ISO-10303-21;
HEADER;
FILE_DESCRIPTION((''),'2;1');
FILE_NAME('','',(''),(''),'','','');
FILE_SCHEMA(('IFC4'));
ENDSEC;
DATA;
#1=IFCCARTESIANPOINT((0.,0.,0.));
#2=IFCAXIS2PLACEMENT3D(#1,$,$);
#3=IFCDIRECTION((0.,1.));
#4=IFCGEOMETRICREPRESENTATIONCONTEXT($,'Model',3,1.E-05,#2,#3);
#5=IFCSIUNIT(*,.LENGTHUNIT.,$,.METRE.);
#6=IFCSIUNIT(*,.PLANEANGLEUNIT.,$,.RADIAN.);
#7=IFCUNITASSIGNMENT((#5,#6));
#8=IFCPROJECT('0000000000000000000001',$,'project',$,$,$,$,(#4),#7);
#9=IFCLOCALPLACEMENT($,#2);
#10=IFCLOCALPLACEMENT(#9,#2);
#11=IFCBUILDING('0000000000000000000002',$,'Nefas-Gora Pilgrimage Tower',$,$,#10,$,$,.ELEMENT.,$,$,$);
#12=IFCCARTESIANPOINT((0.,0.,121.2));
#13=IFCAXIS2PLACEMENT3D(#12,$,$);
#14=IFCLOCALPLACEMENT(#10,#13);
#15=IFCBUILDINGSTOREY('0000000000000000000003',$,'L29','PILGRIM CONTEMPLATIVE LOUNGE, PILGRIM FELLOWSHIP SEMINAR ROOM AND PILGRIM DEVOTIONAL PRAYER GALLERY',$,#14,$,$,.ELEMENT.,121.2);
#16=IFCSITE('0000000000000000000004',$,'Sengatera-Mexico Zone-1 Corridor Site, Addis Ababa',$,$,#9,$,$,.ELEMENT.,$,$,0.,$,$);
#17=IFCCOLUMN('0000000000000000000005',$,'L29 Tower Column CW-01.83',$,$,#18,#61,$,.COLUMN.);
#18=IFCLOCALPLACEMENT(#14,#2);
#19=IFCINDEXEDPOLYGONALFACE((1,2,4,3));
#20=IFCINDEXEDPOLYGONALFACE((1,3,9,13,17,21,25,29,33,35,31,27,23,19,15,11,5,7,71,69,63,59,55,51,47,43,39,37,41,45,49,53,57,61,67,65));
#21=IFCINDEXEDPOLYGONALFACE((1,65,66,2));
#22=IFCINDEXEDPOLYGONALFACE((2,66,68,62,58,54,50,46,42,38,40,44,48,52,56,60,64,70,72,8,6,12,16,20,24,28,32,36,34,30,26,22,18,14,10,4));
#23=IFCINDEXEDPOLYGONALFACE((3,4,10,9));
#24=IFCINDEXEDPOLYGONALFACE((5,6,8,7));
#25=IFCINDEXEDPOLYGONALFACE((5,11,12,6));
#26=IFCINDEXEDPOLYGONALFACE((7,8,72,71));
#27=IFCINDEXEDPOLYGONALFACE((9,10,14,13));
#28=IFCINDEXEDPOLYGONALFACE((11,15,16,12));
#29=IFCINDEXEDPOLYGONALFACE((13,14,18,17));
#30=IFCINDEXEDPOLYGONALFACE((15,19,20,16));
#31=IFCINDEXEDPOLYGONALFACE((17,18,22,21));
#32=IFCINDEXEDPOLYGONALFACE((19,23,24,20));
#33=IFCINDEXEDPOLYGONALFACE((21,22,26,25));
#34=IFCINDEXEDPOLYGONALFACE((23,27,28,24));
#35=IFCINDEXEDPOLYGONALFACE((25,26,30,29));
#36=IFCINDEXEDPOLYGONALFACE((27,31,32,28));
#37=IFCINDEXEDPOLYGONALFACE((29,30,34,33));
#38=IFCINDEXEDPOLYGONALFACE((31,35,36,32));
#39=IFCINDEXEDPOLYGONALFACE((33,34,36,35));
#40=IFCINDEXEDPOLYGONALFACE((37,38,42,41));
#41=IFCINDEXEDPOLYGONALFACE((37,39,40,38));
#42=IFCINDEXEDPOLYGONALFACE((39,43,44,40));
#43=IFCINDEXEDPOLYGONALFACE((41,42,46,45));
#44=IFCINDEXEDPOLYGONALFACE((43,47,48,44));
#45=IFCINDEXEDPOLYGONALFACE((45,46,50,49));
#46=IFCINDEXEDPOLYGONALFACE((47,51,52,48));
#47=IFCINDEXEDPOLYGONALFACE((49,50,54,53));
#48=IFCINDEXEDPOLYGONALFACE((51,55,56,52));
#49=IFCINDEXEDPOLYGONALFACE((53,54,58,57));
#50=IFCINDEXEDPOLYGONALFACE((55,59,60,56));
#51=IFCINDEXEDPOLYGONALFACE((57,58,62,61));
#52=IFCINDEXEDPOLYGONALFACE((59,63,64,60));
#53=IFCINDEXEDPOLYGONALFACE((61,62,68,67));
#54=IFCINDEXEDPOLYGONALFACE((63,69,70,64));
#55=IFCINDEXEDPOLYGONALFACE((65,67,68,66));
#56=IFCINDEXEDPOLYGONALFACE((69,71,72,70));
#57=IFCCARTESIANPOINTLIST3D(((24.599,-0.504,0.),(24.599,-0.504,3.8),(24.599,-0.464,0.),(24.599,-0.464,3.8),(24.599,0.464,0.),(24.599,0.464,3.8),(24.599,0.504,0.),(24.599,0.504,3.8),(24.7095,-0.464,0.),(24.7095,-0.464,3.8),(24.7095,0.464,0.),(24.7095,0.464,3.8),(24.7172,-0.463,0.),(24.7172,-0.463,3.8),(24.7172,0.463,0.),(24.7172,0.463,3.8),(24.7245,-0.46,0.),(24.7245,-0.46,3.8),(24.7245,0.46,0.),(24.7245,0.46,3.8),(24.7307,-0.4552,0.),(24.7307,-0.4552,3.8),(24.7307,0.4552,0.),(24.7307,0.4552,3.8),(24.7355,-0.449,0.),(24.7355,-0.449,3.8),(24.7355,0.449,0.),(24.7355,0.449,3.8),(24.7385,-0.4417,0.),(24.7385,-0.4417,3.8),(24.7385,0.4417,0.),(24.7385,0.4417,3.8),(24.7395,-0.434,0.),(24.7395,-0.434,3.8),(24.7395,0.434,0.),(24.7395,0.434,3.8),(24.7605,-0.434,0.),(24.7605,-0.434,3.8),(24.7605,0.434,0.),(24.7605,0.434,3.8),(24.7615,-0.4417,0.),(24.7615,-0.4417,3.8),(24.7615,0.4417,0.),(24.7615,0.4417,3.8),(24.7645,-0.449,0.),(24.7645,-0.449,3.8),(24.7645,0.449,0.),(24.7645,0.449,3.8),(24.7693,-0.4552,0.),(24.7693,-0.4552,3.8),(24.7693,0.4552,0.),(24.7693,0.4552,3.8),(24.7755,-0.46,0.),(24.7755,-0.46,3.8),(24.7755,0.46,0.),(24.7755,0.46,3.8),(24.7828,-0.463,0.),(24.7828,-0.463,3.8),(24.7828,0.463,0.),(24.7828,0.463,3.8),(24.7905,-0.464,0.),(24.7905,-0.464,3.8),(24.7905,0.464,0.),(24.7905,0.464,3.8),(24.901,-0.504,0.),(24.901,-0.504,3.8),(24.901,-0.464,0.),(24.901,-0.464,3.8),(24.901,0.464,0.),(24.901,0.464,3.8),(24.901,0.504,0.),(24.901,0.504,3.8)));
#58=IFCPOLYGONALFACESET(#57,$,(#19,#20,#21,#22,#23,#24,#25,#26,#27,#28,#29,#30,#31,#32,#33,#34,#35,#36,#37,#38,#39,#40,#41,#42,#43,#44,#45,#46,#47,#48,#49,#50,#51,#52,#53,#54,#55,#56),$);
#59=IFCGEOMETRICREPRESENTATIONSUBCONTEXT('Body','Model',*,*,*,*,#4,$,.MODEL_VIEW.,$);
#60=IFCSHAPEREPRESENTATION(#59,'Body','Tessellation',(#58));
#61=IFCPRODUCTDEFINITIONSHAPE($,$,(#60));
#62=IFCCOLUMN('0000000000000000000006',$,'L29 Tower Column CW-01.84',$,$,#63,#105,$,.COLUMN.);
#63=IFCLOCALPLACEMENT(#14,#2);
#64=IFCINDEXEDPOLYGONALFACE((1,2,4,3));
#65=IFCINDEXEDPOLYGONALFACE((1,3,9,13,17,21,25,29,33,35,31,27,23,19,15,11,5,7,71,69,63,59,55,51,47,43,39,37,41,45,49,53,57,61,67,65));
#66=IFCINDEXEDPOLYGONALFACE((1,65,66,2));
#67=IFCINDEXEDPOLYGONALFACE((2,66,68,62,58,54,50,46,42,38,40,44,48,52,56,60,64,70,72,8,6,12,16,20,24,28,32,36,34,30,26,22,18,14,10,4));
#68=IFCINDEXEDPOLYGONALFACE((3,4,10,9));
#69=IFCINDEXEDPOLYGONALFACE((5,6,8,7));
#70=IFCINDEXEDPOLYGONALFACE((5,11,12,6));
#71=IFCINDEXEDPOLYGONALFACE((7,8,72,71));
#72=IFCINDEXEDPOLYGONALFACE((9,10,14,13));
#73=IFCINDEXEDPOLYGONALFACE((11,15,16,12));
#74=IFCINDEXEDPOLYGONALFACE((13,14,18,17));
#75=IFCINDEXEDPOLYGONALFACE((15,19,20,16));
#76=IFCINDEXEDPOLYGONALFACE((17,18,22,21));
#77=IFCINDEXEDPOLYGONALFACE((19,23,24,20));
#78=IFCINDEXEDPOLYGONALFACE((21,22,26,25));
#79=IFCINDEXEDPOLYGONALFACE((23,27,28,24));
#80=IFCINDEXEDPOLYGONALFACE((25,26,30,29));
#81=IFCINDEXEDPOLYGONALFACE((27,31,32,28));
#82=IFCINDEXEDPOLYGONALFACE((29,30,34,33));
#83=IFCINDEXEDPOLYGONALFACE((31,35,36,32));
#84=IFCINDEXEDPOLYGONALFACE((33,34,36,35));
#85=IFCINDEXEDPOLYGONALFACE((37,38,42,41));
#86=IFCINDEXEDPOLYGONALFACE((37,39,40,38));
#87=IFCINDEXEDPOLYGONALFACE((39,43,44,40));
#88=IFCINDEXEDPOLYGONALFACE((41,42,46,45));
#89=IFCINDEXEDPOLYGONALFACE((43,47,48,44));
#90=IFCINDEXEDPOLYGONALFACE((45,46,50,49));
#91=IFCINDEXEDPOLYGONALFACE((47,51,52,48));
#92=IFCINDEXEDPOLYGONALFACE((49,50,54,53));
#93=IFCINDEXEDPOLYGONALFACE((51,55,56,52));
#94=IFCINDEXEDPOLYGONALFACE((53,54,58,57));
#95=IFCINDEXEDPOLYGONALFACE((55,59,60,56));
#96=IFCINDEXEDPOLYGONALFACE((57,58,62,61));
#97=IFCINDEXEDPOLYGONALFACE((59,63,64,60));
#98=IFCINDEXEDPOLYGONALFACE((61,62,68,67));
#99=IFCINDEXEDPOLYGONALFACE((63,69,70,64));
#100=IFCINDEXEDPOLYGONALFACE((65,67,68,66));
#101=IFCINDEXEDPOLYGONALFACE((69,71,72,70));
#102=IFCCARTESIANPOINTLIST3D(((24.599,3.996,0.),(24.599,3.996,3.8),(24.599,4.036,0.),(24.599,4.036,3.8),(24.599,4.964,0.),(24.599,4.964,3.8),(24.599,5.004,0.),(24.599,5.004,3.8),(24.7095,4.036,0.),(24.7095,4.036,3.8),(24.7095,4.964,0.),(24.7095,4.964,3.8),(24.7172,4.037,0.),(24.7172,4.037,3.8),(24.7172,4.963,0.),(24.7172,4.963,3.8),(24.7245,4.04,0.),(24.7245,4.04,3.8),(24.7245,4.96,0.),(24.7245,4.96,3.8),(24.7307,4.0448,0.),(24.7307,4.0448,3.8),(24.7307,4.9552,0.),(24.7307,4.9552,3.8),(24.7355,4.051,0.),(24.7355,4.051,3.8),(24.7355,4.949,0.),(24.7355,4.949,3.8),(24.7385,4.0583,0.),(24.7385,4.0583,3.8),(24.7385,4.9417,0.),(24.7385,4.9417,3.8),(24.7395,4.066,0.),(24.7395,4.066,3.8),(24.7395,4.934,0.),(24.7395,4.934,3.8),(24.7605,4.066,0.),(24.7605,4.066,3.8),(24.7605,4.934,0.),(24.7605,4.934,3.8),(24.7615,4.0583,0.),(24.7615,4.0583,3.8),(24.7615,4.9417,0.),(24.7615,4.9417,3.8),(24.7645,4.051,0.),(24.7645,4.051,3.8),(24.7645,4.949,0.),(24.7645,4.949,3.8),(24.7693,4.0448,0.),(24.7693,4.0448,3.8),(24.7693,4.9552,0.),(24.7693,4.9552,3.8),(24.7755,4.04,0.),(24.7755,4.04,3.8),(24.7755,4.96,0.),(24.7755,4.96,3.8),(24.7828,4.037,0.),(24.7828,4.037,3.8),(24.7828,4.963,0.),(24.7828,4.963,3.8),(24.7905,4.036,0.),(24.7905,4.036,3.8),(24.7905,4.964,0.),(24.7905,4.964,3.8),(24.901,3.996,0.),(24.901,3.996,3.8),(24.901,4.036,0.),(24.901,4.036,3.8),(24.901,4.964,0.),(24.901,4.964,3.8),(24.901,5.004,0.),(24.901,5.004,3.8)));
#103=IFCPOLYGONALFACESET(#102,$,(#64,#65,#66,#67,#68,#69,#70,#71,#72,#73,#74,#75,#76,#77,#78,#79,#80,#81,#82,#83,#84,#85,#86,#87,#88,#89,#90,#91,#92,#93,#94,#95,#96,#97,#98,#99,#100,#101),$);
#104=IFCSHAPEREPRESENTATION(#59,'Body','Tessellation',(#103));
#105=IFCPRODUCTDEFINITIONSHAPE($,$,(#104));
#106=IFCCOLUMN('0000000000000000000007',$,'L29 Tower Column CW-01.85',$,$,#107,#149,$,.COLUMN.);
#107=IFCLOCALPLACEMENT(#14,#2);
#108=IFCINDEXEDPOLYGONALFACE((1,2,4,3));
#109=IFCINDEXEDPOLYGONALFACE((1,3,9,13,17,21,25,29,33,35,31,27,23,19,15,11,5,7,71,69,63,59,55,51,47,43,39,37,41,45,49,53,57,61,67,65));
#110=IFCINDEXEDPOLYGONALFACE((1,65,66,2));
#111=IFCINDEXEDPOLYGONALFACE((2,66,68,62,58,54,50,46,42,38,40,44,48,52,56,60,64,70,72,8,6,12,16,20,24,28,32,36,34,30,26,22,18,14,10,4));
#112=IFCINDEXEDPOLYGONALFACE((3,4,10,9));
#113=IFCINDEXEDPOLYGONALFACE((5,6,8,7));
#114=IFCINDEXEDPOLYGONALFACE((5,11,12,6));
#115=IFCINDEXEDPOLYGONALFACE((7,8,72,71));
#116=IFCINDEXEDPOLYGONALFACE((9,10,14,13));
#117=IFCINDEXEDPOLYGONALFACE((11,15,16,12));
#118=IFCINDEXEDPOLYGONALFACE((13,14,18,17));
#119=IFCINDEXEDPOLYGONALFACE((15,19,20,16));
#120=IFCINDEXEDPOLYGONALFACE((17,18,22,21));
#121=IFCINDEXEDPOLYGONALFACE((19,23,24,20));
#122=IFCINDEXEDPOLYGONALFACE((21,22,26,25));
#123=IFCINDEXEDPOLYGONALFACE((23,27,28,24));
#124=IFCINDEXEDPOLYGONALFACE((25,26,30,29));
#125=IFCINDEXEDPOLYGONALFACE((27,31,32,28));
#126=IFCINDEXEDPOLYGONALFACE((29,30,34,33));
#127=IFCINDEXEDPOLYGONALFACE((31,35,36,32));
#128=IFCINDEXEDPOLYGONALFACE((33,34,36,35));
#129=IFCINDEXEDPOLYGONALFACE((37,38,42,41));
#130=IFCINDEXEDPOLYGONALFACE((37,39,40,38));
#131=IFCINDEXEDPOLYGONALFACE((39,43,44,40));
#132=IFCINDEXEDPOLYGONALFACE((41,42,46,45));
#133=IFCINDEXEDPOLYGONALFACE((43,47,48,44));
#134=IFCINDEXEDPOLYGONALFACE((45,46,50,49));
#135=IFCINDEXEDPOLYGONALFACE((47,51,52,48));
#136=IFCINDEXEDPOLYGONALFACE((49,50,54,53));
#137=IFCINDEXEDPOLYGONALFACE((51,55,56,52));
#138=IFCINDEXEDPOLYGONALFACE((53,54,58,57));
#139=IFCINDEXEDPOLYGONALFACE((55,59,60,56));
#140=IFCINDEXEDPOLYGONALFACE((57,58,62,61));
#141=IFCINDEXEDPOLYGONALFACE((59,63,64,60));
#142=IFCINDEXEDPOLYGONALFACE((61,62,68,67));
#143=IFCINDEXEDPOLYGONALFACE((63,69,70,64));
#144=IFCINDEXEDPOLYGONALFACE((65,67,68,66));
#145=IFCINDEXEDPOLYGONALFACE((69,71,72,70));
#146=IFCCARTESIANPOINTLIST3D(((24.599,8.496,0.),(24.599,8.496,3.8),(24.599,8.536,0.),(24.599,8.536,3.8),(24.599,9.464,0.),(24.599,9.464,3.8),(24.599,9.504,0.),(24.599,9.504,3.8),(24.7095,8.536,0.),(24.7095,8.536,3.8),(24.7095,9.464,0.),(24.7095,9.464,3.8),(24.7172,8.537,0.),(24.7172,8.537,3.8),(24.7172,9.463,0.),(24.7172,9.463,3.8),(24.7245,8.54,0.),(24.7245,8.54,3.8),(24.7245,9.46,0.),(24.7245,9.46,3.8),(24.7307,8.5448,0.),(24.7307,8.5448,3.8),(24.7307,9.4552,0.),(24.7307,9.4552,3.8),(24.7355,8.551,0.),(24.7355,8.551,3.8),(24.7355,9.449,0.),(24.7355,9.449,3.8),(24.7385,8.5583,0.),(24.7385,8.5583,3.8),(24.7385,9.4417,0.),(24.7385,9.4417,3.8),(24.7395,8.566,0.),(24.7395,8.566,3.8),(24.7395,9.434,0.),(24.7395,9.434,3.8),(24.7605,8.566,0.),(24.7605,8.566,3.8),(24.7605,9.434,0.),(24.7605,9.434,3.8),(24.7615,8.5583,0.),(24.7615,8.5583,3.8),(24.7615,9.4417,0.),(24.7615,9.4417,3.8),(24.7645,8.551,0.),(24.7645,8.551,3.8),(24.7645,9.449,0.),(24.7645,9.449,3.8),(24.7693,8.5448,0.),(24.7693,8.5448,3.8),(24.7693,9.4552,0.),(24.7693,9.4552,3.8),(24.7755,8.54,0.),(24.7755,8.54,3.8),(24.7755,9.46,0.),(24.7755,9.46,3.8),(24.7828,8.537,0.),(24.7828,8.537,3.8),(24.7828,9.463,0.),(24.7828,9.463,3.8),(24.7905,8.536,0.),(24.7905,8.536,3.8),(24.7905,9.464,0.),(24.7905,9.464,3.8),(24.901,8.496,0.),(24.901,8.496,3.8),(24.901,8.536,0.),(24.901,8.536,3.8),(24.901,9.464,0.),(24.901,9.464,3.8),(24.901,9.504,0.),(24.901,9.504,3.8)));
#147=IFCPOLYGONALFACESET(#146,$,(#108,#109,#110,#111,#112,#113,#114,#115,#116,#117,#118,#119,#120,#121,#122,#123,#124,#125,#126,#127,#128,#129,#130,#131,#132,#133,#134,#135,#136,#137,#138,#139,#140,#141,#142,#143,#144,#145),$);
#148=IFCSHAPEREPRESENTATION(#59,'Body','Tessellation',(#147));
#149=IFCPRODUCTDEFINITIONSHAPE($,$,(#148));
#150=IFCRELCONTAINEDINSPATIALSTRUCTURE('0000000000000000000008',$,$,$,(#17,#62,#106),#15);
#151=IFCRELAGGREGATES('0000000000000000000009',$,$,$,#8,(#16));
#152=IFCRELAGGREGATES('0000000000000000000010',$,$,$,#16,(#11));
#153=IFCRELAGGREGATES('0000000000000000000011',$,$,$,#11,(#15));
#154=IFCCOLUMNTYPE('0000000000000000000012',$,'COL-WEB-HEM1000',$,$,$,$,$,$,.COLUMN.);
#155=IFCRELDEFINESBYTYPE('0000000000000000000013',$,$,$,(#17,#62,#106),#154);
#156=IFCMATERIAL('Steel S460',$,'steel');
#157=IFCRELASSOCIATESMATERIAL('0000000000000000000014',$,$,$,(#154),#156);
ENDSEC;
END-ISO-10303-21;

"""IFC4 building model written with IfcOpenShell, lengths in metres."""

from ifc_helpers import new_model, si_unit, direction, frame, origin, origin_2d, place, context, subcontext, project, spatial, i_section, extrude, source, transform, mapped, material, material_profile, profile_set, type_object, element, save


model = new_model("IFC4")

# Units and contexts
model_context = context("Model", 3, precision=1e-05, world=origin(), true_north=direction((0.0, 1.0)))
body_context = subcontext(model_context, "Body", "Model", "MODEL_VIEW")
ifc_project = project(units=[si_unit("LENGTHUNIT", "METRE"), si_unit("PLANEANGLEUNIT", "RADIAN")], contexts=[model_context])

# Site, building, storey
site_placement = place(None, origin())
site = spatial("IfcSite", under=ifc_project, at=site_placement, Name="Sengatera-Mexico Zone-1 Corridor Site, Addis Ababa", CompositionType="ELEMENT", RefElevation=0.0)
building_placement = place(site_placement, origin())
building = spatial("IfcBuilding", under=site, at=building_placement, Name="Nefas-Gora Pilgrimage Tower", CompositionType="ELEMENT")
storey_placement = place(building_placement, frame((0.0, 0.0, 121.2)))
storey = spatial("IfcBuildingStorey", under=building, at=storey_placement, Name="L29", Description="PILGRIM CONTEMPLATIVE LOUNGE, PILGRIM FELLOWSHIP SEMINAR ROOM AND PILGRIM DEVOTIONAL PRAYER GALLERY", CompositionType="ELEMENT", Elevation=121.2)

# Columns
ifc_material_1 = material(Name="Steel S460", Category="steel")
ifc_material_profile_1 = material_profile(ifc_material_1, i_section(OverallWidth=0.302, OverallDepth=1.0081, WebThickness=0.021, FlangeThickness=0.04, FilletRadius=0.03, at=origin_2d()), Name="HEM 1000")
ifc_profile_set_1 = profile_set([ifc_material_profile_1], Name="Steel S460")
column_type_1 = type_object("IfcColumnType", Name="COL-WEB-HEM1000", PredefinedType="COLUMN", material=ifc_profile_set_1)
shared_shape_1 = source(origin(), body_context, "Body", "SweptSolid", [
    extrude(i_section(OverallWidth=0.302, OverallDepth=1.0081, WebThickness=0.021, FlangeThickness=0.04, FilletRadius=0.03, at=origin_2d()), origin(), (0.0, 0.0, 1.0), 3.8),
])
for number, where, z_axis, x_axis, name in (
    (1, (24.75, 0.0, 0.0), (0.0, 0.0, 1.0), (1.0, 0.0, 0.0), "L29 Tower Column CW-01.83"),
    (2, (24.75, 4.5, 0.0), (0.0, 0.0, 1.0), (1.0, 0.0, 0.0), "L29 Tower Column CW-01.84"),
    (3, (24.75, 9.0, 0.0), (0.0, 0.0, 1.0), (1.0, 0.0, 0.0), "L29 Tower Column CW-01.85"),
):
    element("IfcColumn", number, at=place(storey_placement, frame(where, z_axis=z_axis, x_axis=x_axis)), inside=storey, type_object=column_type_1, Name=name, PredefinedType="COLUMN", context=body_context, shape_type="MappedRepresentation", body=[
        mapped(shared_shape_1, transform((0.0, 0.0, 0.0), x_axis=(1.0, 0.0, 0.0), y_axis=(0.0, 1.0, 0.0), z_axis=(0.0, 0.0, 1.0), scale=1.0)),
    ])

save(model, "model.ifc")
